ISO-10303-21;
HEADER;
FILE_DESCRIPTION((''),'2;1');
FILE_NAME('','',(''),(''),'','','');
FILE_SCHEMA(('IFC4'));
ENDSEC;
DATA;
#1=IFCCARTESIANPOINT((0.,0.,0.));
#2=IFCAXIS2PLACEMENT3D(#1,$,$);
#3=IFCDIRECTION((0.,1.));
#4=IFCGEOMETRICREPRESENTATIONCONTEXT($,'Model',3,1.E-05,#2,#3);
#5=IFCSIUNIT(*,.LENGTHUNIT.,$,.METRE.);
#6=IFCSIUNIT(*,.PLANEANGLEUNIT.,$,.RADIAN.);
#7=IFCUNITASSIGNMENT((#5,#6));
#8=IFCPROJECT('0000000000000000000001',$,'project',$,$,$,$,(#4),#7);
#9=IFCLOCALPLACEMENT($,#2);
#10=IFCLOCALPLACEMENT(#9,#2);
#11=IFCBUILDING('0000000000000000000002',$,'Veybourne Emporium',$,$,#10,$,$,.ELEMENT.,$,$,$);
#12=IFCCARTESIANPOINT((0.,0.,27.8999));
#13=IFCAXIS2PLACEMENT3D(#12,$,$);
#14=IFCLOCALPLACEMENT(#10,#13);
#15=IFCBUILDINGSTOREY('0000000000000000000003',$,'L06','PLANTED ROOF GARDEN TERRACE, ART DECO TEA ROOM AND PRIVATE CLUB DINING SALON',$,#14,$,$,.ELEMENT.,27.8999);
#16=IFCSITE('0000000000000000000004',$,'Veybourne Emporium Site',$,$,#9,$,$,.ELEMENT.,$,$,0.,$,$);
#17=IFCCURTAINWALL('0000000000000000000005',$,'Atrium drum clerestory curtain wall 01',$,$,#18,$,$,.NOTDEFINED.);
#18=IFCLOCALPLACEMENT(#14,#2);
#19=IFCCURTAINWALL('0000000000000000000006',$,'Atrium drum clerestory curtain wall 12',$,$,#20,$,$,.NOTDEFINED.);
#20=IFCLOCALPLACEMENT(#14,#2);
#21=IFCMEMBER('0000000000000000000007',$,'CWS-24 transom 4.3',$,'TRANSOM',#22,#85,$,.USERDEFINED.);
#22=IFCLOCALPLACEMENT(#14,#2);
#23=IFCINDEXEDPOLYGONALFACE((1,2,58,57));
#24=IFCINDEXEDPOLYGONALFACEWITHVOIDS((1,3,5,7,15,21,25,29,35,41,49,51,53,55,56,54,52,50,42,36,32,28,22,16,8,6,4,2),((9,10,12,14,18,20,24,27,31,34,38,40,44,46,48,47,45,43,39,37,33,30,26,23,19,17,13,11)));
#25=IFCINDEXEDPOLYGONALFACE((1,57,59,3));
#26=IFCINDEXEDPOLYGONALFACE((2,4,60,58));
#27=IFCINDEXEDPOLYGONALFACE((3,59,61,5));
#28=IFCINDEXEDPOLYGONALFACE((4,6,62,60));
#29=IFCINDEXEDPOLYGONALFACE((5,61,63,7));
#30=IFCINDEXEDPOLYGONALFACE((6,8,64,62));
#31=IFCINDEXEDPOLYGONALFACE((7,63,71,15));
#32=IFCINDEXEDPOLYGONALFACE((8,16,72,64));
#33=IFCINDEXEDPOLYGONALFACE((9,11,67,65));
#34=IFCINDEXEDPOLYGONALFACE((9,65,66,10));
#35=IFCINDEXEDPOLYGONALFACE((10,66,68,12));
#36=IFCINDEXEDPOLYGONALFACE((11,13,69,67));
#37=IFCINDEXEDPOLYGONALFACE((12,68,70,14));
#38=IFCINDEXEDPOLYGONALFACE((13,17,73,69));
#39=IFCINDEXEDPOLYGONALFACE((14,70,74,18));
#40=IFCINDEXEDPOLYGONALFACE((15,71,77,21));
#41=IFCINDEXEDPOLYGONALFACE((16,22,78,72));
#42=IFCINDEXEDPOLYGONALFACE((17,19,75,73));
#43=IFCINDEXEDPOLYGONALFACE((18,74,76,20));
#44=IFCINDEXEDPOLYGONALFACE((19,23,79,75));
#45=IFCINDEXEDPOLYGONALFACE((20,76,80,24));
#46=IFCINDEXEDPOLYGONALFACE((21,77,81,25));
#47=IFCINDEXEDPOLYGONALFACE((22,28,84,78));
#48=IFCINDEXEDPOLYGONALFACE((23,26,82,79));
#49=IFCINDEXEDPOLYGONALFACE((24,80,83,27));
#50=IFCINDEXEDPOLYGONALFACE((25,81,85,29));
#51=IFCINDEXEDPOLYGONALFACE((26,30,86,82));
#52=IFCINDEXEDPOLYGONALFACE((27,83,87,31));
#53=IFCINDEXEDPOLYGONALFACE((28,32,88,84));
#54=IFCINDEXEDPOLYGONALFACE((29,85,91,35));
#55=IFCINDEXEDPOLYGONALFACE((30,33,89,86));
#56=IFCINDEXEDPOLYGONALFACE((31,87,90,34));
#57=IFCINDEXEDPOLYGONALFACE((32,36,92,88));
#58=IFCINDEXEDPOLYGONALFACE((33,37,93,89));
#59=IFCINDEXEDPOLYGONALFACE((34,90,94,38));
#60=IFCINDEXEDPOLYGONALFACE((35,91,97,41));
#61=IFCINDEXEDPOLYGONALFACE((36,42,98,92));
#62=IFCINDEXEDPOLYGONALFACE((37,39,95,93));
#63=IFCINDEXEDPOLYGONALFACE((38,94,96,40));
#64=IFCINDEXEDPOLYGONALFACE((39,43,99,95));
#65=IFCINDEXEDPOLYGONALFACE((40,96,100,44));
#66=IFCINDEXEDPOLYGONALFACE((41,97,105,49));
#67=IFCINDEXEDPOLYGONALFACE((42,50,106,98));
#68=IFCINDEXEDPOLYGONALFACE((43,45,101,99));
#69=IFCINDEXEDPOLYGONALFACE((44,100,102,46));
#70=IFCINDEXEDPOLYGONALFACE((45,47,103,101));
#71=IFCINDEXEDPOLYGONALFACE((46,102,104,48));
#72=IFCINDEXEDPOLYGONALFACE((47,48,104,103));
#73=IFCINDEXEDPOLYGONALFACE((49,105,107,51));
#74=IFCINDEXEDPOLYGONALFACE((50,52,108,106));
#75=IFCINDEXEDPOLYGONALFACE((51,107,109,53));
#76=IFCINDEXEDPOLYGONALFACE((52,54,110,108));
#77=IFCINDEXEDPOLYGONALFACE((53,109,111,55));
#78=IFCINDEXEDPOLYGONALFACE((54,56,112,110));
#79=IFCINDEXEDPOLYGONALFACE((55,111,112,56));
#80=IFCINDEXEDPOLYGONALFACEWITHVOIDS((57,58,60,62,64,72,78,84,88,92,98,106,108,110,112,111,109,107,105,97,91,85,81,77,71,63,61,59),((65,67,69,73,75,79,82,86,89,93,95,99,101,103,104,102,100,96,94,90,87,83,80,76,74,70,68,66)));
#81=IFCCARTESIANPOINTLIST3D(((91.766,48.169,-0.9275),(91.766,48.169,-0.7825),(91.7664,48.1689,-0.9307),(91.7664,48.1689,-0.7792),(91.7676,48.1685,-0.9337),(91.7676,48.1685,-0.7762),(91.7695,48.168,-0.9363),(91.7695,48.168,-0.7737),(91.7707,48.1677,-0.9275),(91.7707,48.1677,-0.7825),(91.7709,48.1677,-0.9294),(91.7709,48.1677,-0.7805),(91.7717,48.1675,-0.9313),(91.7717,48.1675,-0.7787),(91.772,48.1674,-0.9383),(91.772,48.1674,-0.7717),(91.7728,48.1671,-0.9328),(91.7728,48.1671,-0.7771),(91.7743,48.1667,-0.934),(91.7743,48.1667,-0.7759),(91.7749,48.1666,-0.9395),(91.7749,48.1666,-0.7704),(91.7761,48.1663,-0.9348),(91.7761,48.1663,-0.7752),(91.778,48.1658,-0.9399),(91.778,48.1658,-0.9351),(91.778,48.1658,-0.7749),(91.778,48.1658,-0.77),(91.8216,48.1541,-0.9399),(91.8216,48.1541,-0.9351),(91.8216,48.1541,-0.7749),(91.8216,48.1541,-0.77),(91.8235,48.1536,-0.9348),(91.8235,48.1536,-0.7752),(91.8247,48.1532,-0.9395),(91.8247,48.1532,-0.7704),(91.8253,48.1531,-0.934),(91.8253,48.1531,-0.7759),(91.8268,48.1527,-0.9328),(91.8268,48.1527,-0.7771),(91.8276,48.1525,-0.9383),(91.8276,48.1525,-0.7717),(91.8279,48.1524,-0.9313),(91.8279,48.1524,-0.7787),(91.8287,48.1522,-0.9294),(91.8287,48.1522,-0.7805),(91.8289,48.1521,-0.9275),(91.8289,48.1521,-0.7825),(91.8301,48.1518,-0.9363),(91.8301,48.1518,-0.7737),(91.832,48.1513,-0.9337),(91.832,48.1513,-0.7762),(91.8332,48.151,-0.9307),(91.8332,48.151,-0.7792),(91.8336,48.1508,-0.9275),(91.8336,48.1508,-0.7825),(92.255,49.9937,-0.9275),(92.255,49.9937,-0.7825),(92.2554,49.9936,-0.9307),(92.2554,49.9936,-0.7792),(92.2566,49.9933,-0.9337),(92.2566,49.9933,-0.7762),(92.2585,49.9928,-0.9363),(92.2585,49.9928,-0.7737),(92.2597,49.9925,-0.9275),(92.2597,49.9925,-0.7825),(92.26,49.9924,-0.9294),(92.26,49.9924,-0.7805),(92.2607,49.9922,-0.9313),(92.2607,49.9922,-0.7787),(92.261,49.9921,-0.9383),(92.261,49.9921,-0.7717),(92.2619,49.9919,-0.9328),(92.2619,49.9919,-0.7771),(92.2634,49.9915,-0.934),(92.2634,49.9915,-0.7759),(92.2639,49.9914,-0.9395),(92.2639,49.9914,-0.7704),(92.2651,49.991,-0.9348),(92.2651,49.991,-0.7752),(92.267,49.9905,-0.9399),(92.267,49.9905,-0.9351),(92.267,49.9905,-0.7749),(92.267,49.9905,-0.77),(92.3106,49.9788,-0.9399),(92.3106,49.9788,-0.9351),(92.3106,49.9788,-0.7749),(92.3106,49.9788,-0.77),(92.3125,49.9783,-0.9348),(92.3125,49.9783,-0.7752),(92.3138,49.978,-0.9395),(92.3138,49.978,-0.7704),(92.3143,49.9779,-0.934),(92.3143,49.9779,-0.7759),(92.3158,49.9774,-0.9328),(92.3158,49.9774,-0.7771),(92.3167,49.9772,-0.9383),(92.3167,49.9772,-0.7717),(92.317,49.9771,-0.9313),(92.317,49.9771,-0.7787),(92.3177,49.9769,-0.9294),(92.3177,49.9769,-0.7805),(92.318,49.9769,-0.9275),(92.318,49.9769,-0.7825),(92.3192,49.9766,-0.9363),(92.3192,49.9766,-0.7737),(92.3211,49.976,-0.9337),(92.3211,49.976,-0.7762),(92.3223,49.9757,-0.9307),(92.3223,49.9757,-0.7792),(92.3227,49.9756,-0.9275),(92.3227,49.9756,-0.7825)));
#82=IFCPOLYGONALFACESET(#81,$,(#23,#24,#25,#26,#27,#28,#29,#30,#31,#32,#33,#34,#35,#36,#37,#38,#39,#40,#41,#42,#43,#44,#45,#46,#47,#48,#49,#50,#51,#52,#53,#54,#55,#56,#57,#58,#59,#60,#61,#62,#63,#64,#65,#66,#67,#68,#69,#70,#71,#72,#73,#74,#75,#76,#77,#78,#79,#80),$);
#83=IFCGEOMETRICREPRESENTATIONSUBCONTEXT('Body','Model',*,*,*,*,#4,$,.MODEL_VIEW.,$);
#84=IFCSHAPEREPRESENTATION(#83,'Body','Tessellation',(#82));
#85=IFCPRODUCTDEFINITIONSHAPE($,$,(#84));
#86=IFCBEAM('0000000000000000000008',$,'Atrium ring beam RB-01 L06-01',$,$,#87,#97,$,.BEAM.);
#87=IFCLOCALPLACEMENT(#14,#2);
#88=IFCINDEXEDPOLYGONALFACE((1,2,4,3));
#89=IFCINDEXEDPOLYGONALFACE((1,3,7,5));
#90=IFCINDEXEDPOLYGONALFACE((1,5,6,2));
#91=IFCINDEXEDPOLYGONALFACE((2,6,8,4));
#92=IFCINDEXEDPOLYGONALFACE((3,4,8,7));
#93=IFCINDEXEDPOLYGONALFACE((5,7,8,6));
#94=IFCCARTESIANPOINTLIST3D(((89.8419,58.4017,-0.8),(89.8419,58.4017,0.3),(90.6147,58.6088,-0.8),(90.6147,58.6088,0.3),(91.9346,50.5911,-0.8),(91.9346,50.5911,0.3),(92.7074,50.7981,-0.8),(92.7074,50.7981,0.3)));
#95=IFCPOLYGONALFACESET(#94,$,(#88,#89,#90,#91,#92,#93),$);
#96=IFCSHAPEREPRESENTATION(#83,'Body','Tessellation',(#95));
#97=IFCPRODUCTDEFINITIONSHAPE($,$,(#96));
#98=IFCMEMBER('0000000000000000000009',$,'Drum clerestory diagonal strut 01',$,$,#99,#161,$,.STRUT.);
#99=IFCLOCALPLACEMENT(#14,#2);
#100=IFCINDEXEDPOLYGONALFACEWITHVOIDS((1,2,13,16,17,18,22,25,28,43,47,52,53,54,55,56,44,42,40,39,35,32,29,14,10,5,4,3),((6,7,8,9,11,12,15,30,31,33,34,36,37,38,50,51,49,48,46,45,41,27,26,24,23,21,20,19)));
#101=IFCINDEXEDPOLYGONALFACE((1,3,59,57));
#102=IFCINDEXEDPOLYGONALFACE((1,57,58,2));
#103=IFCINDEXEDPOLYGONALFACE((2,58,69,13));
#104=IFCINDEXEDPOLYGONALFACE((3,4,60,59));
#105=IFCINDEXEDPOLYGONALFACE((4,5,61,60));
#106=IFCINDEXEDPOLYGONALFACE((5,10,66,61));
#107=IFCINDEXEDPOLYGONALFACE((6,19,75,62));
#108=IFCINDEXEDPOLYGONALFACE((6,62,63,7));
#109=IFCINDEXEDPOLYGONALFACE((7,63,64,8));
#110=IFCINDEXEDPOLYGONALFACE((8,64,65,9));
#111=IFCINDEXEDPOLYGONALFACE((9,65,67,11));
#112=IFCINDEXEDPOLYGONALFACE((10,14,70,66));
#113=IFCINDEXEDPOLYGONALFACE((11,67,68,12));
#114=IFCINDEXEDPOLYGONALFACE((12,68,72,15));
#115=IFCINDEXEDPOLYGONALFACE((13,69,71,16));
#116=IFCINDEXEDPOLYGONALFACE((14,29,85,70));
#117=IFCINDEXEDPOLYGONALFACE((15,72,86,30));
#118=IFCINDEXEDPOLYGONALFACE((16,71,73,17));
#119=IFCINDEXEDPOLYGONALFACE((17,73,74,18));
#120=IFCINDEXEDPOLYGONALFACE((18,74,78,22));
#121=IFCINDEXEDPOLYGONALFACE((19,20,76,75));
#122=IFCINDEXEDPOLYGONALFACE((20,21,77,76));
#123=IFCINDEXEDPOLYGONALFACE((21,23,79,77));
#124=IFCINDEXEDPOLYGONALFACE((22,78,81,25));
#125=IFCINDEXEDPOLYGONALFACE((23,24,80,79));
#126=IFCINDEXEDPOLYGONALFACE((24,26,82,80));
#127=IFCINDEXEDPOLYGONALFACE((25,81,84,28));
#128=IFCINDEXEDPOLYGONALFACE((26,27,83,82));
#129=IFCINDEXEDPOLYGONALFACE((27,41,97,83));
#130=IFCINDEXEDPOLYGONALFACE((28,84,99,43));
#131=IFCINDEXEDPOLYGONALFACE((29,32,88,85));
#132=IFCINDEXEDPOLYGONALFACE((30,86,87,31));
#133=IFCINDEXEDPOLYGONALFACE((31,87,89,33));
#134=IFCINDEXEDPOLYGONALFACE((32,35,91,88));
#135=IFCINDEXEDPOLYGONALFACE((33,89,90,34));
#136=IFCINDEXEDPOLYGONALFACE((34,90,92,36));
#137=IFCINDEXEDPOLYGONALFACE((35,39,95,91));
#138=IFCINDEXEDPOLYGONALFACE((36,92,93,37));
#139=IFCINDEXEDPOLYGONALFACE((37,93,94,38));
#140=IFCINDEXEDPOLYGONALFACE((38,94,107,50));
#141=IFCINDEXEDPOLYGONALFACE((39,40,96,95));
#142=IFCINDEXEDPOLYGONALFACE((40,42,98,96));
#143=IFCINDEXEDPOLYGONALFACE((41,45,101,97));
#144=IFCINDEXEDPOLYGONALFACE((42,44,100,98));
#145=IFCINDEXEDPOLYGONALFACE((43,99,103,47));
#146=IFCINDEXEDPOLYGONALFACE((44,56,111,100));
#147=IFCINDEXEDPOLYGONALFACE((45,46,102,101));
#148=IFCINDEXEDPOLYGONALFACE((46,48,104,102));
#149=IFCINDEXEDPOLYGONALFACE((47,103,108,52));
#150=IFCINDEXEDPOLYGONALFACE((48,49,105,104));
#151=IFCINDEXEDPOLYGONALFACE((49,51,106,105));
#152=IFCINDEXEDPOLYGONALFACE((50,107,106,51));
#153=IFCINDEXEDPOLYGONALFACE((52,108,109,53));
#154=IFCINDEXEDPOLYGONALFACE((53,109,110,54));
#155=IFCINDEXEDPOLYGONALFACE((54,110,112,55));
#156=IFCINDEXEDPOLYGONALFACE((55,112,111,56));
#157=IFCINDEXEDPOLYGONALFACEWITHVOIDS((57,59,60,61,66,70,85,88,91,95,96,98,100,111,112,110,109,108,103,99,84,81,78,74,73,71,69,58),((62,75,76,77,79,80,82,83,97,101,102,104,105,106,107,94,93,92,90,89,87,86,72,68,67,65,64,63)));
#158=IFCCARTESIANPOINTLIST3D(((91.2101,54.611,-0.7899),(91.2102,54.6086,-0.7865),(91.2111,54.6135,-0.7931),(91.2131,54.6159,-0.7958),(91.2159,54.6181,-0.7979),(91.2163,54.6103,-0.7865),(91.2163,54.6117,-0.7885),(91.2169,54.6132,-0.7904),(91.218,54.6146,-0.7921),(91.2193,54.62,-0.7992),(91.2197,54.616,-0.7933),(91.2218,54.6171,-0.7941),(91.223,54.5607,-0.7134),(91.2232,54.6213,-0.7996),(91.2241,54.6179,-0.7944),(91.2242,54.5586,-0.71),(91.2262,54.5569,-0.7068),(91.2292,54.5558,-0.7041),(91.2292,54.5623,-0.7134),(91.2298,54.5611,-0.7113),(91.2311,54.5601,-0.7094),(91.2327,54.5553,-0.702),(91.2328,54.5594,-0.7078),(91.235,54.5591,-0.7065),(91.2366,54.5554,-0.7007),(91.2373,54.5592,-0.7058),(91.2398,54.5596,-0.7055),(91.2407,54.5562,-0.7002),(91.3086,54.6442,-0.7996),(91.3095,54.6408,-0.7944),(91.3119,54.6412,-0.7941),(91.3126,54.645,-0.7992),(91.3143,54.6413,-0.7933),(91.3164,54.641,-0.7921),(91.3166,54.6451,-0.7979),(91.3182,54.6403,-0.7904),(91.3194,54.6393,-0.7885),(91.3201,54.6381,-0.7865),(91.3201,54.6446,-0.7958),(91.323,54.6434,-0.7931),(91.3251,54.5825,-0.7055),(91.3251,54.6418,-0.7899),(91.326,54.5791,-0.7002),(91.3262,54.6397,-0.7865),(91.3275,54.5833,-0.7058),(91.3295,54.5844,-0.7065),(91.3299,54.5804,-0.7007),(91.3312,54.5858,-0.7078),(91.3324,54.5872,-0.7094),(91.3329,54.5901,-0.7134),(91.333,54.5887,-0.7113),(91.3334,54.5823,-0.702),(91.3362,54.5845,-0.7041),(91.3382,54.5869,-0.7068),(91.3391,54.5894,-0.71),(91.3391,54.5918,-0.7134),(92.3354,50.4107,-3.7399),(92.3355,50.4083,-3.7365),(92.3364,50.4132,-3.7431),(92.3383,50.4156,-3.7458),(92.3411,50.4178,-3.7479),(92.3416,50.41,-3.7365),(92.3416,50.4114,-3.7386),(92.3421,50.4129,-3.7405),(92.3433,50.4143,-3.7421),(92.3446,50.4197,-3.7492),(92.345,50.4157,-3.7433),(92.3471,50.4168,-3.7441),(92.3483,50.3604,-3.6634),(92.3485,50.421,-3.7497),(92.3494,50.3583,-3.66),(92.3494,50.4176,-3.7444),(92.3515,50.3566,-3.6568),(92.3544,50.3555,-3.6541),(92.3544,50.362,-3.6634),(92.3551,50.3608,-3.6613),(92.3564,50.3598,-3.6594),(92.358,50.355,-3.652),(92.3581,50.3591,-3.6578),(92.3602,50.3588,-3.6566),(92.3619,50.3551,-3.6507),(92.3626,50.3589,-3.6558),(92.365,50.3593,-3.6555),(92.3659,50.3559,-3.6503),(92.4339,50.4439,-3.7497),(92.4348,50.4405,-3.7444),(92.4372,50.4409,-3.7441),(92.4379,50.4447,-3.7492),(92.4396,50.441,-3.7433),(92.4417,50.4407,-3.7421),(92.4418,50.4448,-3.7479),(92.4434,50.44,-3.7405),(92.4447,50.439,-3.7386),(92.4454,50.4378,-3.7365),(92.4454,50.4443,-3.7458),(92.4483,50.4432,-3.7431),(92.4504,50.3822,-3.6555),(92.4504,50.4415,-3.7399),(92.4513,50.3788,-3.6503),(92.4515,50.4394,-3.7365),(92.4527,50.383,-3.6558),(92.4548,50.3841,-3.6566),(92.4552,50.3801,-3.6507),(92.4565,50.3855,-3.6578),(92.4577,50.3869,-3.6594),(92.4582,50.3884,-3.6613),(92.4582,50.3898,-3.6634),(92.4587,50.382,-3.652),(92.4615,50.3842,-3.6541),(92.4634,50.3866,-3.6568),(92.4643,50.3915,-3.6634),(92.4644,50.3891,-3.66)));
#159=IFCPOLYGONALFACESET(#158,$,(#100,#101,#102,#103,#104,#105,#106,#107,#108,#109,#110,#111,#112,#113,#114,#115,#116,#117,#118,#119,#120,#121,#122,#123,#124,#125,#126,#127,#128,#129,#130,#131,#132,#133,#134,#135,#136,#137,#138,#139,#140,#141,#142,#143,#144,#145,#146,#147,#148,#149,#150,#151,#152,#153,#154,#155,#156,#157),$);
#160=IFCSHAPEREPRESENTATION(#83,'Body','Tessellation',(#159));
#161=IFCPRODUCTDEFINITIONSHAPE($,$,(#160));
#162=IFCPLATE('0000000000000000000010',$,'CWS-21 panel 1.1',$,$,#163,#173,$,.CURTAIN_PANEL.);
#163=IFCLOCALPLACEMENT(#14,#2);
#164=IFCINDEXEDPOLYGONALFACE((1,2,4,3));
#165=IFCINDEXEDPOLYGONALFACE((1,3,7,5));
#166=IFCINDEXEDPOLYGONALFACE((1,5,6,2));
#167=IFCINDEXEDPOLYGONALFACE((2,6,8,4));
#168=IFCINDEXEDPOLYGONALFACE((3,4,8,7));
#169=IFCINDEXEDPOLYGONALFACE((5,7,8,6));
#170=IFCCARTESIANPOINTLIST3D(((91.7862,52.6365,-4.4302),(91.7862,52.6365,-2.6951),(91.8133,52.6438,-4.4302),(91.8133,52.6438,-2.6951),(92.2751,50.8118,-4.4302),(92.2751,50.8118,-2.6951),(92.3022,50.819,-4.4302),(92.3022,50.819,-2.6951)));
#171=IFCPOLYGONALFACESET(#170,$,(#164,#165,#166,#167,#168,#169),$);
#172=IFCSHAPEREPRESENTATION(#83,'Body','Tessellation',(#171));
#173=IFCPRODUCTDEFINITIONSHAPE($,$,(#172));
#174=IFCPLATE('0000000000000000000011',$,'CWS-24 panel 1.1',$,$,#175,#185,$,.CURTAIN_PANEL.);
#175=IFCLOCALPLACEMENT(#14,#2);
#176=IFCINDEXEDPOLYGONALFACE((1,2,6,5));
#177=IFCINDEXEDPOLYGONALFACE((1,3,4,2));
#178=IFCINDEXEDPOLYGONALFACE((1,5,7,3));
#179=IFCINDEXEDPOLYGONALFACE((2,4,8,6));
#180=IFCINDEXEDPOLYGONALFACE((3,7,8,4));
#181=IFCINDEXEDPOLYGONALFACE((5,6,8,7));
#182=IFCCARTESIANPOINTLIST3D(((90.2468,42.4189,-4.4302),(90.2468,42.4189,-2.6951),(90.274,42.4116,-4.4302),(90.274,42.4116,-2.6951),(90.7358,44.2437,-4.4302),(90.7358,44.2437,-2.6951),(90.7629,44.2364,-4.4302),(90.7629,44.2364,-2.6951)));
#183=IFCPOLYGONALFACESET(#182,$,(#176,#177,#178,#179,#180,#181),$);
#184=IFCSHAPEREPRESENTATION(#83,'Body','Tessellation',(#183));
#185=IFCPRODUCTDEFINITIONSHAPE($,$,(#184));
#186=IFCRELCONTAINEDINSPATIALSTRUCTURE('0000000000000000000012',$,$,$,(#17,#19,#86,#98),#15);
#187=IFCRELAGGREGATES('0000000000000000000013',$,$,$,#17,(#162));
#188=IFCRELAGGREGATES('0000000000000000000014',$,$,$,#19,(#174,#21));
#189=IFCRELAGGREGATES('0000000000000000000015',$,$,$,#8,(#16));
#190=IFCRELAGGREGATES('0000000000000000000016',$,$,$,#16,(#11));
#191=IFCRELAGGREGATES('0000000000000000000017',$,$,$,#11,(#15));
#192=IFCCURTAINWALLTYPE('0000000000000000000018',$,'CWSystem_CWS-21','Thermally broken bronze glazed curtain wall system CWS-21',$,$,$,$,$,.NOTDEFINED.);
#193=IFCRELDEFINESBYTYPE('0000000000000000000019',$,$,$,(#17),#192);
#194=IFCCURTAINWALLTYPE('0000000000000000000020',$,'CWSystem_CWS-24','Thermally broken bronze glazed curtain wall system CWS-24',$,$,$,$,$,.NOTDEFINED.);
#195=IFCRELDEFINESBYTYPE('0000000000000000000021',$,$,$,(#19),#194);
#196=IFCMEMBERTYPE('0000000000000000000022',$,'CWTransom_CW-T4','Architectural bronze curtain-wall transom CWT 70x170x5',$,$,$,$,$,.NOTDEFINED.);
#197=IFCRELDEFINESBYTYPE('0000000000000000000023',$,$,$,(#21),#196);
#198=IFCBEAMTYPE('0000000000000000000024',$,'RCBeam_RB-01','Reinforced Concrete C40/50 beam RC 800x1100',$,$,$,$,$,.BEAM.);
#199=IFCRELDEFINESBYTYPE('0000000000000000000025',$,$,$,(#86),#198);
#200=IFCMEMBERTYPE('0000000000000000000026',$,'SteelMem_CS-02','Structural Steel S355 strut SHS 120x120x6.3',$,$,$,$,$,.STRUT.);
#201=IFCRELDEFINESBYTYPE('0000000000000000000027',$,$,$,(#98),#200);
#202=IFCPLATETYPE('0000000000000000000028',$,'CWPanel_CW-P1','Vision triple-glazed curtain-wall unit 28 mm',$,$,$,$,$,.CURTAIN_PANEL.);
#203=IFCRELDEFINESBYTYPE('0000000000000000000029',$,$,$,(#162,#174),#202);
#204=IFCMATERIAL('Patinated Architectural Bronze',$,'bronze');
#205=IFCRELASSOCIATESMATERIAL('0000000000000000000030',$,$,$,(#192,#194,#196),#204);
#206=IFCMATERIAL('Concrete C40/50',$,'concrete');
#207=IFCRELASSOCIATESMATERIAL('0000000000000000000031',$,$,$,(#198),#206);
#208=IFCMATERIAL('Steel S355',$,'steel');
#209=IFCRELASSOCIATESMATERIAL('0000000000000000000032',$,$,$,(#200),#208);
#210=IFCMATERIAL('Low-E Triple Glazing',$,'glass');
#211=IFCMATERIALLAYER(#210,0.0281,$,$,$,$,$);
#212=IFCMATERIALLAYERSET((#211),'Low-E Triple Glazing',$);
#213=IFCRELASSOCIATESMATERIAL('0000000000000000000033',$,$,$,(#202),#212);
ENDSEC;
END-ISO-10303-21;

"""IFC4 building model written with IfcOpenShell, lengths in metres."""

from ifc_helpers import new_model, si_unit, direction, frame, origin, origin_2d, place, context, subcontext, project, spatial, rectangle, hollow_rectangle, extrude, material, layer, layer_set, material_profile, profile_set, type_object, element, aggregate, save


model = new_model("IFC4")

# Units and contexts
model_context = context("Model", 3, precision=1e-05, world=origin(), true_north=direction((0.0, 1.0)))
body_context = subcontext(model_context, "Body", "Model", "MODEL_VIEW")
ifc_project = project(units=[si_unit("LENGTHUNIT", "METRE"), si_unit("PLANEANGLEUNIT", "RADIAN")], contexts=[model_context])

# Site, building, storey
site_placement = place(None, origin())
site = spatial("IfcSite", under=ifc_project, at=site_placement, Name="Veybourne Emporium Site", CompositionType="ELEMENT", RefElevation=0.0)
building_placement = place(site_placement, origin())
building = spatial("IfcBuilding", under=site, at=building_placement, Name="Veybourne Emporium", CompositionType="ELEMENT")
storey_placement = place(building_placement, frame((0.0, 0.0, 27.8999)))
storey = spatial("IfcBuildingStorey", under=building, at=storey_placement, Name="L06", Description="PLANTED ROOF GARDEN TERRACE, ART DECO TEA ROOM AND PRIVATE CLUB DINING SALON", CompositionType="ELEMENT", Elevation=27.8999)

# Shared definitions
ifc_material_1 = material(Name="Concrete C40/50", Category="concrete")

# Curtain wall
ifc_material_2 = material(Name="Patinated Architectural Bronze", Category="bronze")
curtain_wall_type_1 = type_object("IfcCurtainWallType", Name="CWSystem_CWS-21", Description="Thermally broken bronze glazed curtain wall system CWS-21", PredefinedType="NOTDEFINED", material=ifc_material_2)
curtain_wall_1_placement = place(storey_placement, origin())
curtain_wall_1 = element("IfcCurtainWall", 1, at=curtain_wall_1_placement, inside=storey, type_object=curtain_wall_type_1, Name="Atrium drum clerestory curtain wall 01", PredefinedType="NOTDEFINED")

# Curtain wall
curtain_wall_type_2 = type_object("IfcCurtainWallType", Name="CWSystem_CWS-24", Description="Thermally broken bronze glazed curtain wall system CWS-24", PredefinedType="NOTDEFINED", material=ifc_material_2)
curtain_wall_2_placement = place(storey_placement, origin())
curtain_wall_2 = element("IfcCurtainWall", 2, at=curtain_wall_2_placement, inside=storey, type_object=curtain_wall_type_2, Name="Atrium drum clerestory curtain wall 12", PredefinedType="NOTDEFINED")

# Member
ifc_material_profile_1 = material_profile(ifc_material_2, hollow_rectangle(XDim=0.0701, YDim=0.1699, WallThickness=0.0049, InnerFilletRadius=0.0076, OuterFilletRadius=0.0125, at=origin_2d()), Name="CWT 70x170x5")
ifc_profile_set_1 = profile_set([ifc_material_profile_1], Name="Patinated Architectural Bronze")
member_type_1 = type_object("IfcMemberType", Name="CWTransom_CW-T4", Description="Architectural bronze curtain-wall transom CWT 70x170x5", PredefinedType="NOTDEFINED", material=ifc_profile_set_1)
member_1_placement = place(storey_placement, frame((91.7998, 48.1599, -0.855), z_axis=(0.258861, 0.965915, 0.0), x_axis=(-0.965915, 0.258861, 0.0)))
member_1 = element("IfcMember", 3, at=member_1_placement, type_object=member_type_1, Name="CWS-24 transom 4.3", ObjectType="TRANSOM", PredefinedType="USERDEFINED", context=body_context, shape_type="SweptSolid", body=[
    extrude(hollow_rectangle(XDim=0.0701, YDim=0.1699, WallThickness=0.0049, InnerFilletRadius=0.0076, OuterFilletRadius=0.0125, at=origin_2d()), origin(), (0.0, 0.0, 1.0), 1.8892),
])

# Beam
ifc_material_profile_2 = material_profile(ifc_material_1, rectangle(XDim=0.8, YDim=1.1001, at=origin_2d()), Name="RC 800x1100")
ifc_profile_set_2 = profile_set([ifc_material_profile_2], Name="Concrete C40/50")
beam_type = type_object("IfcBeamType", Name="RCBeam_RB-01", Description="Reinforced Concrete C40/50 beam RC 800x1100", PredefinedType="BEAM", material=ifc_profile_set_2)
beam_placement = place(storey_placement, frame((92.321, 50.6946, -0.25), z_axis=(-0.258805, 0.96593, 0.0), x_axis=(-0.96593, -0.258805, 0.0)))
element("IfcBeam", 4, at=beam_placement, inside=storey, type_object=beam_type, Name="Atrium ring beam RB-01 L06-01", PredefinedType="BEAM", context=body_context, shape_type="SweptSolid", body=[
    extrude(rectangle(XDim=0.8, YDim=1.1001, at=origin_2d()), origin(), (0.0, 0.0, 1.0), 8.0862),
])

# Member
ifc_material_3 = material(Name="Steel S355", Category="steel")
ifc_material_profile_3 = material_profile(ifc_material_3, hollow_rectangle(XDim=0.1201, YDim=0.1201, WallThickness=0.0063, InnerFilletRadius=0.0095, OuterFilletRadius=0.0159, at=origin_2d()), Name="SHS 120x120x6.3")
ifc_profile_set_3 = profile_set([ifc_material_profile_3], Name="Steel S355")
member_type_2 = type_object("IfcMemberType", Name="SteelMem_CS-02", Description="Structural Steel S355 strut SHS 120x120x6.3", PredefinedType="STRUT", material=ifc_profile_set_3)
member_2_placement = place(storey_placement, frame((92.3999, 50.3999, -3.7), z_axis=(-0.214148, 0.799348, 0.561412), x_axis=(-0.965937, -0.258777, 0.0)))
element("IfcMember", 5, at=member_2_placement, inside=storey, type_object=member_type_2, Name="Drum clerestory diagonal strut 01", PredefinedType="STRUT", context=body_context, shape_type="SweptSolid", body=[
    extrude(hollow_rectangle(XDim=0.1201, YDim=0.1201, WallThickness=0.0063, InnerFilletRadius=0.0095, OuterFilletRadius=0.0159, at=origin_2d()), origin(), (0.0, 0.0, 1.0), 5.2546),
])

# Plates
ifc_material_4 = material(Name="Low-E Triple Glazing", Category="glass")
ifc_layer_1 = layer(ifc_material_4, 0.0281)
ifc_layer_set_1 = layer_set([ifc_layer_1], Name="Low-E Triple Glazing")
plate_type = type_object("IfcPlateType", Name="CWPanel_CW-P1", Description="Vision triple-glazed curtain-wall unit 28 mm", PredefinedType="CURTAIN_PANEL", material=ifc_layer_set_1)
plate_1_placement = place(storey_placement, frame((92.0442, 51.7278, -4.4302), z_axis=(0.0, 0.0, 1.0), x_axis=(-0.25882, 0.965926, 0.0)))
plate_1 = element("IfcPlate", 6, at=plate_1_placement, type_object=plate_type, Name="CWS-21 panel 1.1", PredefinedType="CURTAIN_PANEL", context=body_context, shape_type="SweptSolid", body=[
    extrude(rectangle(XDim=1.8892, YDim=0.0281, at=origin_2d()), origin(), (0.0, 0.0, 1.0), 1.7351),
])
aggregate(curtain_wall_1, [plate_1])
plate_2_placement = place(storey_placement, frame((90.5049, 43.3276, -4.4302), z_axis=(0.0, 0.0, 1.0), x_axis=(0.25882, 0.965926, 0.0)))
plate_2 = element("IfcPlate", 7, at=plate_2_placement, type_object=plate_type, Name="CWS-24 panel 1.1", PredefinedType="CURTAIN_PANEL", context=body_context, shape_type="SweptSolid", body=[
    extrude(rectangle(XDim=1.8892, YDim=0.0281, at=origin_2d()), origin(), (0.0, 0.0, 1.0), 1.7351),
])
aggregate(curtain_wall_2, [plate_2, member_1])

save(model, "model.ifc")
